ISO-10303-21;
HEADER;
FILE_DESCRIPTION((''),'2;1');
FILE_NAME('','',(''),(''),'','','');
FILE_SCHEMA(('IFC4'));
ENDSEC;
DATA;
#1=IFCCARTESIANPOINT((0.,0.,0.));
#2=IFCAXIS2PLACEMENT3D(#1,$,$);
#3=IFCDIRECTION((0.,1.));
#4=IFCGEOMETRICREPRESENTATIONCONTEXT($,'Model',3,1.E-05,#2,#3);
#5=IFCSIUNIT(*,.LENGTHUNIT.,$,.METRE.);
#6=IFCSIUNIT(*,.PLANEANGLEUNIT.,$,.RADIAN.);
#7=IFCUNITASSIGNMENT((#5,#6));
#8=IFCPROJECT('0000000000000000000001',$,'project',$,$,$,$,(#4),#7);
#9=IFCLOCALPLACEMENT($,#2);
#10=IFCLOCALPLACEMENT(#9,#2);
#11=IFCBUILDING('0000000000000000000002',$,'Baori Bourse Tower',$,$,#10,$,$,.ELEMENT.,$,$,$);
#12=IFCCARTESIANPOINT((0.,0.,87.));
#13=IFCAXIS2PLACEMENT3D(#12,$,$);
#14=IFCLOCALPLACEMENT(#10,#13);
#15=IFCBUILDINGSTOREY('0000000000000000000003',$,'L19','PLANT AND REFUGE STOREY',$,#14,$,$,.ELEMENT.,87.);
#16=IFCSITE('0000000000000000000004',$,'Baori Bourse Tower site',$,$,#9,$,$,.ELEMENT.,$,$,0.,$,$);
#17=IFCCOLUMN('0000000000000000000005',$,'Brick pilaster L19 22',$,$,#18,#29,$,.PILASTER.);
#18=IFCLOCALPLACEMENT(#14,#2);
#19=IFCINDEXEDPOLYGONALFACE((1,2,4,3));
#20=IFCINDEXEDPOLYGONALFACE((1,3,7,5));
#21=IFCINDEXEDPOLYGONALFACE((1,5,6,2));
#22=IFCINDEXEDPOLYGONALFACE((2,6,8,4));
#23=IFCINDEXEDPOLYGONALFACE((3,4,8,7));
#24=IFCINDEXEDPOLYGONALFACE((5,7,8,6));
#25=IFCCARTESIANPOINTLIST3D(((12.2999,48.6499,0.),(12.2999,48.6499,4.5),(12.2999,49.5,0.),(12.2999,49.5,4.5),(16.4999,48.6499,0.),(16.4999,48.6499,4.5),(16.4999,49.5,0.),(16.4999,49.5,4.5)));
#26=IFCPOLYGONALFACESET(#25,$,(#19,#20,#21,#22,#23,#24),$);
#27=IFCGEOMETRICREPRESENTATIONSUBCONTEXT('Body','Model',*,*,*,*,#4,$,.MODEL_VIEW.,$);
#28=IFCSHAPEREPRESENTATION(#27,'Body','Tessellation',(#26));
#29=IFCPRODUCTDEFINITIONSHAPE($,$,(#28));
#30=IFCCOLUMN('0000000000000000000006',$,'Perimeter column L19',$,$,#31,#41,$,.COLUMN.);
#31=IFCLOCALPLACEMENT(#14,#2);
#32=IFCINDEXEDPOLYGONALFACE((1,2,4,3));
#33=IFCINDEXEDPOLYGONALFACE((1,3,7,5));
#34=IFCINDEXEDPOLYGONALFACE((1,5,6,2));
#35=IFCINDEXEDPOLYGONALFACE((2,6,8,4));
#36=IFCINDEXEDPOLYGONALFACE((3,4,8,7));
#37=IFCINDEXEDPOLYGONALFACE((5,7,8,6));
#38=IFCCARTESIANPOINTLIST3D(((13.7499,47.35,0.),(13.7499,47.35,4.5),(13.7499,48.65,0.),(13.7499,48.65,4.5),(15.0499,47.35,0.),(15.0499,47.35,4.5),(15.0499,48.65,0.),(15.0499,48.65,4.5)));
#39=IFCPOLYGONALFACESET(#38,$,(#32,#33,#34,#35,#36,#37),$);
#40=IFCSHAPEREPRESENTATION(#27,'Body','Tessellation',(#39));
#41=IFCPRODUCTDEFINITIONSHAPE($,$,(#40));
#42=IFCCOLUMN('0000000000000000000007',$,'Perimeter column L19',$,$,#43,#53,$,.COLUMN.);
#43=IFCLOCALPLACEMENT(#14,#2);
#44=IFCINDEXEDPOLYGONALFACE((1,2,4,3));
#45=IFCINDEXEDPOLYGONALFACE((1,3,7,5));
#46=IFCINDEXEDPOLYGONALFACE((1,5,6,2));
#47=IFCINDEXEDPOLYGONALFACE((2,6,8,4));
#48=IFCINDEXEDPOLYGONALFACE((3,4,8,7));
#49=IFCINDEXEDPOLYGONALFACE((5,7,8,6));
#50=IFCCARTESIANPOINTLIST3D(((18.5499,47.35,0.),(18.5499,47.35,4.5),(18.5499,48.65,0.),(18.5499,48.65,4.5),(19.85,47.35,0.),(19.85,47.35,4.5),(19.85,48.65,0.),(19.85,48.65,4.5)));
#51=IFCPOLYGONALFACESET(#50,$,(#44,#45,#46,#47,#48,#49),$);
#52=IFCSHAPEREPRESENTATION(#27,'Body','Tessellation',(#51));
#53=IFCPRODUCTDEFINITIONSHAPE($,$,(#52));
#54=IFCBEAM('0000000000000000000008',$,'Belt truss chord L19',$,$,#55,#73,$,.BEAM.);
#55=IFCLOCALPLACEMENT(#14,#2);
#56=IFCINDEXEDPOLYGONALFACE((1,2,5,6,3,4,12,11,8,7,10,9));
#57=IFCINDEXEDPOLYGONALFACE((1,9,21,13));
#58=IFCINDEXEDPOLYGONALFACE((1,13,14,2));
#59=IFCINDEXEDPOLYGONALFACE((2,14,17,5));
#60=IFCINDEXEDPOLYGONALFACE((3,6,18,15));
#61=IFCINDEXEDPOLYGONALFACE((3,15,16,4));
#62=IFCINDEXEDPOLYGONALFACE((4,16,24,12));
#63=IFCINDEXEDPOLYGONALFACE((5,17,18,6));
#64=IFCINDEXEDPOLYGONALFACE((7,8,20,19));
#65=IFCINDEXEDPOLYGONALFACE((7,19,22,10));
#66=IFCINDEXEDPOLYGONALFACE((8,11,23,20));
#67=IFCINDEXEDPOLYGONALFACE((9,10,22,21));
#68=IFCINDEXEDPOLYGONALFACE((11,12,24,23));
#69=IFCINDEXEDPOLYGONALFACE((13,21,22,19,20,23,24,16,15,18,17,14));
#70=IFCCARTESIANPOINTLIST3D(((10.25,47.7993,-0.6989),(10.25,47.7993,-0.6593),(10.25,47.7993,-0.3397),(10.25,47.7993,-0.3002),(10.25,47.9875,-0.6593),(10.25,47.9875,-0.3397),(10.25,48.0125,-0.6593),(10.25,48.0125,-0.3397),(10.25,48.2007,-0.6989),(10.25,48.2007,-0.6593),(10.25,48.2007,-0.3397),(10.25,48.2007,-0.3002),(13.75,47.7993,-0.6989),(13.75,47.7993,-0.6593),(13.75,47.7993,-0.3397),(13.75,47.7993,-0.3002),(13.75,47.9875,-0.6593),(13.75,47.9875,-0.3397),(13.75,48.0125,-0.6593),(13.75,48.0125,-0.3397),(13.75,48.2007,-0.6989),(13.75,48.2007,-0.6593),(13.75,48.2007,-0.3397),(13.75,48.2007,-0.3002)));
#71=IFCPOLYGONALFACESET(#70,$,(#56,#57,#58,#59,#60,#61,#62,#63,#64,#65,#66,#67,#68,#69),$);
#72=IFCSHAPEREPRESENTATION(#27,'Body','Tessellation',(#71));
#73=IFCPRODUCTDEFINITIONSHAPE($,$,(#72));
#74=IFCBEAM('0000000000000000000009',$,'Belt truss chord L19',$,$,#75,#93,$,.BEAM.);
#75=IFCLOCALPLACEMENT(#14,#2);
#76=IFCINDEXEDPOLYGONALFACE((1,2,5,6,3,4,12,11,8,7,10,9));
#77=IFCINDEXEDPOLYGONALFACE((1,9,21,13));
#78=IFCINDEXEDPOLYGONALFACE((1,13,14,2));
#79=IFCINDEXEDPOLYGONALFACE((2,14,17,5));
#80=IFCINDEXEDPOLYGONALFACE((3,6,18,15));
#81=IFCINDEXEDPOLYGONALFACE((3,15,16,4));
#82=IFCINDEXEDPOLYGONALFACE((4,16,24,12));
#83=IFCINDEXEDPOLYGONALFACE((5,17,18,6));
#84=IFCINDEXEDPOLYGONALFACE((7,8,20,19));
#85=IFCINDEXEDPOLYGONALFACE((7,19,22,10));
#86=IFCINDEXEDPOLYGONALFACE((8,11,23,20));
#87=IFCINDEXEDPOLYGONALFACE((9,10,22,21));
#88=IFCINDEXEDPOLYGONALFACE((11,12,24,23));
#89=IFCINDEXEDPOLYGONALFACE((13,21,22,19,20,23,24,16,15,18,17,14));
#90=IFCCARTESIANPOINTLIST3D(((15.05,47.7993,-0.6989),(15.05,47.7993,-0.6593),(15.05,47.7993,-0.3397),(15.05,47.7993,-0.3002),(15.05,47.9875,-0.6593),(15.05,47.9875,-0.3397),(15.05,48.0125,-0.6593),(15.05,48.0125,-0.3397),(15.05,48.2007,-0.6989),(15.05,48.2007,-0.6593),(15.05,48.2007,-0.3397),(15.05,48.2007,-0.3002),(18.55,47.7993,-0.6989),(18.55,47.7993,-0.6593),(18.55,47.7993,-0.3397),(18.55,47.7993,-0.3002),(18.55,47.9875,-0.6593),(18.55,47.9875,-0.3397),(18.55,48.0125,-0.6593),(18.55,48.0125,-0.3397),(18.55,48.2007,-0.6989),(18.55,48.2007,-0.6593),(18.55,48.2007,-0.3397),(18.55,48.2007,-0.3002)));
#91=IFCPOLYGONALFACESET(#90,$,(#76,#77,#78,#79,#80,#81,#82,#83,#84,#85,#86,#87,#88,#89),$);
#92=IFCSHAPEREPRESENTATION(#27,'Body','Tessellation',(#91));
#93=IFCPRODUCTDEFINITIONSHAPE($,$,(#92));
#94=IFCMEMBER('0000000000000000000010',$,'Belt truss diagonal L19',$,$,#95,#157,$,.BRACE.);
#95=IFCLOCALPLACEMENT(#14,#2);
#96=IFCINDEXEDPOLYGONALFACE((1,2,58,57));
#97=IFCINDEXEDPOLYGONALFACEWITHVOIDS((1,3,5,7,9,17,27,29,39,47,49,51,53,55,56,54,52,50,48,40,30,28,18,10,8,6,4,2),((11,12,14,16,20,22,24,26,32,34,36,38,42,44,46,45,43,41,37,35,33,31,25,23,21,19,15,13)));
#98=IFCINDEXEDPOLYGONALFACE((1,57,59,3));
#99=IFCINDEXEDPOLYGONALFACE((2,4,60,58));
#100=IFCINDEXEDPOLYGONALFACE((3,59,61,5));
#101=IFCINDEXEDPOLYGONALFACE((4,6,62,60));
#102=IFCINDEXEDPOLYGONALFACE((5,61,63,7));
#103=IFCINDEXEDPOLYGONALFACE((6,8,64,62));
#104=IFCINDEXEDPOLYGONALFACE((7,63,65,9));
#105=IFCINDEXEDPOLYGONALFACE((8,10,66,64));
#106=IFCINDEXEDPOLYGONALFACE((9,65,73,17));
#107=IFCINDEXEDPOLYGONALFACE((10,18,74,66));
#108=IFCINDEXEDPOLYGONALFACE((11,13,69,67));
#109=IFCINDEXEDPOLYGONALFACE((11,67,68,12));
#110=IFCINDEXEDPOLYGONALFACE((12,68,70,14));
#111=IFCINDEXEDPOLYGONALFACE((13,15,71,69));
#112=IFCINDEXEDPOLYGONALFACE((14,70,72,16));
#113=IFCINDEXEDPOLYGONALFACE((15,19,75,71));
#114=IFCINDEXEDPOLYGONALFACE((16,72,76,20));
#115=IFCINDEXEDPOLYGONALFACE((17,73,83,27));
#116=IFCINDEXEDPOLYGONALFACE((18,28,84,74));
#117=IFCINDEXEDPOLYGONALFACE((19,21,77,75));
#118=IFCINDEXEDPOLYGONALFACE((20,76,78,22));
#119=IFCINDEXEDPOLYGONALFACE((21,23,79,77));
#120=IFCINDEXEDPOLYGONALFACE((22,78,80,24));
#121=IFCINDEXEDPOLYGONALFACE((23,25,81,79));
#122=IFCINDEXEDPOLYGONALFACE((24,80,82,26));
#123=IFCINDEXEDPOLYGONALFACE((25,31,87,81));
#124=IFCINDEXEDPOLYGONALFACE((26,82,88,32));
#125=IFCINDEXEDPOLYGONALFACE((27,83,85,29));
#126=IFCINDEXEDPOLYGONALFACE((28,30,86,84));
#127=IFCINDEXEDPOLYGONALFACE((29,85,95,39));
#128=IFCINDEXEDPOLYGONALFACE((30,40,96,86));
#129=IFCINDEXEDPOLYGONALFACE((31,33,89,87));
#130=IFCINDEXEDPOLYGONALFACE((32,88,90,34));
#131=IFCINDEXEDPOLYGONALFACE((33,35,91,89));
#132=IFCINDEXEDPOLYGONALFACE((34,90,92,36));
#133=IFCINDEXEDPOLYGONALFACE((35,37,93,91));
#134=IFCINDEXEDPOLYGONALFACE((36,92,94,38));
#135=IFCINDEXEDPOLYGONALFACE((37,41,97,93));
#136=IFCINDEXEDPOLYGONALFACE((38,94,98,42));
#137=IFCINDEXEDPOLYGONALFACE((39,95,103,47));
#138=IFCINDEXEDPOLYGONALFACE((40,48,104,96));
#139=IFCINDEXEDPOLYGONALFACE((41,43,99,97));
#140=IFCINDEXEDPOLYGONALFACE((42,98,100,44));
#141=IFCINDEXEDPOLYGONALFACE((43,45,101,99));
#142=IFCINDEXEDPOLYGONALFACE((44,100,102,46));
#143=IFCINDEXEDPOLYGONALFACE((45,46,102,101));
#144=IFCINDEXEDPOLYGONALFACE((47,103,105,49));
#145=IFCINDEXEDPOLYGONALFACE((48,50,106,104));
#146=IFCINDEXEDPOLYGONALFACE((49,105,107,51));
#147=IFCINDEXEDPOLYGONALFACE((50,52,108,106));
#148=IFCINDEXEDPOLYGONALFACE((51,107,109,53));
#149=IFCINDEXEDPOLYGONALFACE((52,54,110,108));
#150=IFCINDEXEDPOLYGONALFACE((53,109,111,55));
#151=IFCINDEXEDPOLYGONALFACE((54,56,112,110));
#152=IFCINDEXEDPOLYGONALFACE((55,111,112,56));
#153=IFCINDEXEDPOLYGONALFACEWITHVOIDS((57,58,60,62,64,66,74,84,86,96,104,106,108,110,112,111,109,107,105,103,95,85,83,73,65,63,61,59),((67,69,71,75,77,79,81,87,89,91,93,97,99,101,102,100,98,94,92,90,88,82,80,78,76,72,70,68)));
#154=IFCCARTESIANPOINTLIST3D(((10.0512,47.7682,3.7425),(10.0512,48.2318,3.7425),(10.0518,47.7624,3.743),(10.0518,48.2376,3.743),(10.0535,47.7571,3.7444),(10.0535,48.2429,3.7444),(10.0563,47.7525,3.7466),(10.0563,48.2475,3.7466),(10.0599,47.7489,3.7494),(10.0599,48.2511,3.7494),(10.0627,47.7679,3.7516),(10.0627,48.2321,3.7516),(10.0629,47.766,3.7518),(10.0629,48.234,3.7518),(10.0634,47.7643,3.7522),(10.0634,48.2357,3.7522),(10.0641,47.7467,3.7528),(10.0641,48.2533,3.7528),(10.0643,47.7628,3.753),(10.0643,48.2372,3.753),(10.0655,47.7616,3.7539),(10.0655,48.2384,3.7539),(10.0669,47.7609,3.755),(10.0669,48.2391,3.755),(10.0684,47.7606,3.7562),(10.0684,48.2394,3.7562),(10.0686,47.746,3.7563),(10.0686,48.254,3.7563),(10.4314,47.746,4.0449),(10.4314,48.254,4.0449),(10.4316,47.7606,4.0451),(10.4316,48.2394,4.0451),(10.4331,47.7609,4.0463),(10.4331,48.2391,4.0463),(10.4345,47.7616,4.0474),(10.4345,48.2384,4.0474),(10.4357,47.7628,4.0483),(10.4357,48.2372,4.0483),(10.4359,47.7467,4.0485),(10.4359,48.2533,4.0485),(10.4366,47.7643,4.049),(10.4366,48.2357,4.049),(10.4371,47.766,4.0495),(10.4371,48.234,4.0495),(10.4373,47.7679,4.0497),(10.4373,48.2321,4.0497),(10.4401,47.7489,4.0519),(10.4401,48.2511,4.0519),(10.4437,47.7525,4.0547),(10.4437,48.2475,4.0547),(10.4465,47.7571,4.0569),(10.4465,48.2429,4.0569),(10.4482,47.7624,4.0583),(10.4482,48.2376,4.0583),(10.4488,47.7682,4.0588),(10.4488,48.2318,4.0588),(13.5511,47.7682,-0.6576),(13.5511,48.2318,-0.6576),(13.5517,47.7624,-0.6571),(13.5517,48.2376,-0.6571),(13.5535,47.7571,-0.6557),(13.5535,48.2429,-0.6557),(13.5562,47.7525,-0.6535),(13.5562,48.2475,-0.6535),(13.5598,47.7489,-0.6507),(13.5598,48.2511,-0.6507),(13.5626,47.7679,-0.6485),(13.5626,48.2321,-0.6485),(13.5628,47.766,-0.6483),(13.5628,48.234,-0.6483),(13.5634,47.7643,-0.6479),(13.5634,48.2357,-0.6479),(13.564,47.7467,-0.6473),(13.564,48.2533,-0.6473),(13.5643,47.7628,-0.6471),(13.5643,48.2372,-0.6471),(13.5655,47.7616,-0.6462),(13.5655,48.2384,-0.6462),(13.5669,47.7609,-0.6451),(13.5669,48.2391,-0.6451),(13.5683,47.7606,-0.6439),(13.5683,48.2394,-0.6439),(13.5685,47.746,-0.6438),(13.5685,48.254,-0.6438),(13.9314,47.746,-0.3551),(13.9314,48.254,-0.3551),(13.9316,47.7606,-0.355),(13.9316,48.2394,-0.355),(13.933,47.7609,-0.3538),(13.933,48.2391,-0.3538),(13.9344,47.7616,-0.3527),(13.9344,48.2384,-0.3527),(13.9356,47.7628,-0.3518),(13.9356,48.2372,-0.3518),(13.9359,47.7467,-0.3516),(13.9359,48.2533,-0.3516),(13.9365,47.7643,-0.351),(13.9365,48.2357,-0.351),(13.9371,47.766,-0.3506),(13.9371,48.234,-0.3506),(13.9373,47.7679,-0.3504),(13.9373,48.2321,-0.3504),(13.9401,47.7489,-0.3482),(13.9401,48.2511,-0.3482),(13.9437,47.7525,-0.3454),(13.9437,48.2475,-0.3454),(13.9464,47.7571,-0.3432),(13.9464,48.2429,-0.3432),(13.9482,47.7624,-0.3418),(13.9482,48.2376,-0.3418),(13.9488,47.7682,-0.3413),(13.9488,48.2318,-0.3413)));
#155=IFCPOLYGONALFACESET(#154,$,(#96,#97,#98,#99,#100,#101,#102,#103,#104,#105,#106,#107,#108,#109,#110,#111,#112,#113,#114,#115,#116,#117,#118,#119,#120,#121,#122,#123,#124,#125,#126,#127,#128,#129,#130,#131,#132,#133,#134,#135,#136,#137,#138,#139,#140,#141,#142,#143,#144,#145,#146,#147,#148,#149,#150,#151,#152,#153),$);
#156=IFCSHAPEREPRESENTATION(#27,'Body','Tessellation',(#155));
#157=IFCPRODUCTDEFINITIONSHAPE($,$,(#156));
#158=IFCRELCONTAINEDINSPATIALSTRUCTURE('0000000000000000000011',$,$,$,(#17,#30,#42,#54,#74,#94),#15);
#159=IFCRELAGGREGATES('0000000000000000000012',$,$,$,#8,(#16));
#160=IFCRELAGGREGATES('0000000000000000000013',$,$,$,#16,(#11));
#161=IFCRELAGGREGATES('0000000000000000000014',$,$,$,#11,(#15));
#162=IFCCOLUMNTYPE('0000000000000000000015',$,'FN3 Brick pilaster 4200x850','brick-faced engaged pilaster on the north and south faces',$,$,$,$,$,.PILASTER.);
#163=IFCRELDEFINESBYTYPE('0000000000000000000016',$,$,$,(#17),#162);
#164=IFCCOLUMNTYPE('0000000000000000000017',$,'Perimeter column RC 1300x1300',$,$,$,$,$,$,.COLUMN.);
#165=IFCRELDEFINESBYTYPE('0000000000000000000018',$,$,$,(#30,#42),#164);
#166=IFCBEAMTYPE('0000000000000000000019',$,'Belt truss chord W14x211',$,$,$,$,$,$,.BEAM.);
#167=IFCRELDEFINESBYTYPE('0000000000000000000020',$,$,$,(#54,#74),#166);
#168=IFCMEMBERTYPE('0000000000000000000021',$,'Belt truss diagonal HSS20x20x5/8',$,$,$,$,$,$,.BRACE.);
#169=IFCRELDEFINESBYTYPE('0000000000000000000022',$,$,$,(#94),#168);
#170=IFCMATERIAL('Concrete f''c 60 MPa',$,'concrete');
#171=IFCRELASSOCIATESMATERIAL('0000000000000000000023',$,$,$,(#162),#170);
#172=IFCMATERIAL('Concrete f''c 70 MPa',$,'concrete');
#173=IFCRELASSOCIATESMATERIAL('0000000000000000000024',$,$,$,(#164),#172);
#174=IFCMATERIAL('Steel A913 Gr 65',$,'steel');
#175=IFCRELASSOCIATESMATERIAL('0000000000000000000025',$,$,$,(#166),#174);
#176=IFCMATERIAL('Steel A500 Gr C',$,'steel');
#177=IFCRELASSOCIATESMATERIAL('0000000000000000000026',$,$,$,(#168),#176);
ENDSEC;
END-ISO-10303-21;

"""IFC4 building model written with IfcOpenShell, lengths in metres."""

from ifc_helpers import new_model, si_unit, direction, frame, origin, origin_2d, place, context, subcontext, project, spatial, rectangle, hollow_rectangle, i_section, extrude, material, material_profile, profile_set, type_object, element, save


model = new_model("IFC4")

# Units and contexts
model_context = context("Model", 3, precision=1e-05, world=origin(), true_north=direction((0.0, 1.0)))
body_context = subcontext(model_context, "Body", "Model", "MODEL_VIEW")
ifc_project = project(units=[si_unit("LENGTHUNIT", "METRE"), si_unit("PLANEANGLEUNIT", "RADIAN")], contexts=[model_context])

# Site, building, storey
site_placement = place(None, origin())
site = spatial("IfcSite", under=ifc_project, at=site_placement, Name="Baori Bourse Tower site", CompositionType="ELEMENT", RefElevation=0.0)
building_placement = place(site_placement, origin())
building = spatial("IfcBuilding", under=site, at=building_placement, Name="Baori Bourse Tower", CompositionType="ELEMENT")
storey_placement = place(building_placement, frame((0.0, 0.0, 87.0)))
storey = spatial("IfcBuildingStorey", under=building, at=storey_placement, Name="L19", Description="PLANT AND REFUGE STOREY", CompositionType="ELEMENT", Elevation=87.0)

# Columns
ifc_material_1 = material(Name="Concrete f'c 60 MPa", Category="concrete")
ifc_material_profile_1 = material_profile(ifc_material_1, rectangle(XDim=4.2, YDim=0.8501, at=origin_2d()), Name="RC 4200x850")
ifc_profile_set_1 = profile_set([ifc_material_profile_1], Name="Concrete f'c 60 MPa")
column_type_1 = type_object("IfcColumnType", Name="FN3 Brick pilaster 4200x850", Description="brick-faced engaged pilaster on the north and south faces", PredefinedType="PILASTER", material=ifc_profile_set_1)
column_placement = place(storey_placement, frame((14.3999, 49.075, 0.0), z_axis=(0.0, 0.0, 1.0), x_axis=(1.0, 0.0, 0.0)))
element("IfcColumn", 1, at=column_placement, inside=storey, type_object=column_type_1, Name="Brick pilaster L19 22", PredefinedType="PILASTER", context=body_context, shape_type="SweptSolid", body=[
    extrude(rectangle(XDim=4.2, YDim=0.8501, at=origin_2d()), origin(), (0.0, 0.0, 1.0), 4.5),
])
ifc_material_2 = material(Name="Concrete f'c 70 MPa", Category="concrete")
ifc_material_profile_2 = material_profile(ifc_material_2, rectangle(XDim=1.3, YDim=1.3, at=origin_2d()), Name="RC 1300x1300")
ifc_profile_set_2 = profile_set([ifc_material_profile_2], Name="Concrete f'c 70 MPa")
column_type_2 = type_object("IfcColumnType", Name="Perimeter column RC 1300x1300", PredefinedType="COLUMN", material=ifc_profile_set_2)
for number, where, z_axis, x_axis, name in (
    (2, (14.3999, 48.0, 0.0), (0.0, 0.0, 1.0), (1.0, 0.0, 0.0), "Perimeter column L19"),
    (3, (19.2, 48.0, 0.0), (0.0, 0.0, 1.0), (1.0, 0.0, 0.0), "Perimeter column L19"),
):
    element("IfcColumn", number, at=place(storey_placement, frame(where, z_axis=z_axis, x_axis=x_axis)), inside=storey, type_object=column_type_2, Name=name, PredefinedType="COLUMN", context=body_context, shape_type="SweptSolid", body=[
        extrude(rectangle(XDim=1.3, YDim=1.3, at=origin_2d()), origin(), (0.0, 0.0, 1.0), 4.5),
    ])

# Beams
ifc_material_3 = material(Name="Steel A913 Gr 65", Category="steel")
ifc_material_profile_3 = material_profile(ifc_material_3, i_section(OverallWidth=0.4014, OverallDepth=0.3987, WebThickness=0.0249, FlangeThickness=0.0396, at=origin_2d()), Name="W14x211")
ifc_profile_set_3 = profile_set([ifc_material_profile_3], Name="Steel A913 Gr 65")
beam_type_1 = type_object("IfcBeamType", Name="Belt truss chord W14x211", PredefinedType="BEAM", material=ifc_profile_set_3)
for number, where, z_axis, x_axis, name in (
    (4, (10.25, 48.0, -0.4995), (1.0, 0.0, 0.0), (0.0, 1.0, 0.0), "Belt truss chord L19"),
    (5, (15.05, 48.0, -0.4995), (1.0, 0.0, 0.0), (0.0, 1.0, 0.0), "Belt truss chord L19"),
):
    element("IfcBeam", number, at=place(storey_placement, frame(where, z_axis=z_axis, x_axis=x_axis)), inside=storey, type_object=beam_type_1, Name=name, PredefinedType="BEAM", context=body_context, shape_type="SweptSolid", body=[
        extrude(i_section(OverallWidth=0.4014, OverallDepth=0.3987, WebThickness=0.0249, FlangeThickness=0.0396, at=origin_2d()), origin(), (0.0, 0.0, 1.0), 3.5),
    ])

# Member
ifc_material_4 = material(Name="Steel A500 Gr C", Category="steel")
ifc_material_profile_4 = material_profile(ifc_material_4, hollow_rectangle(XDim=0.5081, YDim=0.5081, WallThickness=0.0146, InnerFilletRadius=0.0073, OuterFilletRadius=0.0222, at=origin_2d()), Name="HSS20x20x5/8")
ifc_profile_set_4 = profile_set([ifc_material_profile_4], Name="Steel A500 Gr C")
member_type_1 = type_object("IfcMemberType", Name="Belt truss diagonal HSS20x20x5/8", PredefinedType="BRACE", material=ifc_profile_set_4)
for number, where, z_axis, x_axis, name in (
    (6, (10.25, 48.0, 3.9006), (0.622511, 0.0, -0.782611), (0.0, 1.0, 0.0), "Belt truss diagonal L19"),
):
    element("IfcMember", number, at=place(storey_placement, frame(where, z_axis=z_axis, x_axis=x_axis)), inside=storey, type_object=member_type_1, Name=name, PredefinedType="BRACE", context=body_context, shape_type="SweptSolid", body=[
        extrude(hollow_rectangle(XDim=0.5081, YDim=0.5081, WallThickness=0.0146, InnerFilletRadius=0.0073, OuterFilletRadius=0.0222, at=origin_2d()), origin(), (0.0, 0.0, 1.0), 5.6223),
    ])

save(model, "model.ifc")
